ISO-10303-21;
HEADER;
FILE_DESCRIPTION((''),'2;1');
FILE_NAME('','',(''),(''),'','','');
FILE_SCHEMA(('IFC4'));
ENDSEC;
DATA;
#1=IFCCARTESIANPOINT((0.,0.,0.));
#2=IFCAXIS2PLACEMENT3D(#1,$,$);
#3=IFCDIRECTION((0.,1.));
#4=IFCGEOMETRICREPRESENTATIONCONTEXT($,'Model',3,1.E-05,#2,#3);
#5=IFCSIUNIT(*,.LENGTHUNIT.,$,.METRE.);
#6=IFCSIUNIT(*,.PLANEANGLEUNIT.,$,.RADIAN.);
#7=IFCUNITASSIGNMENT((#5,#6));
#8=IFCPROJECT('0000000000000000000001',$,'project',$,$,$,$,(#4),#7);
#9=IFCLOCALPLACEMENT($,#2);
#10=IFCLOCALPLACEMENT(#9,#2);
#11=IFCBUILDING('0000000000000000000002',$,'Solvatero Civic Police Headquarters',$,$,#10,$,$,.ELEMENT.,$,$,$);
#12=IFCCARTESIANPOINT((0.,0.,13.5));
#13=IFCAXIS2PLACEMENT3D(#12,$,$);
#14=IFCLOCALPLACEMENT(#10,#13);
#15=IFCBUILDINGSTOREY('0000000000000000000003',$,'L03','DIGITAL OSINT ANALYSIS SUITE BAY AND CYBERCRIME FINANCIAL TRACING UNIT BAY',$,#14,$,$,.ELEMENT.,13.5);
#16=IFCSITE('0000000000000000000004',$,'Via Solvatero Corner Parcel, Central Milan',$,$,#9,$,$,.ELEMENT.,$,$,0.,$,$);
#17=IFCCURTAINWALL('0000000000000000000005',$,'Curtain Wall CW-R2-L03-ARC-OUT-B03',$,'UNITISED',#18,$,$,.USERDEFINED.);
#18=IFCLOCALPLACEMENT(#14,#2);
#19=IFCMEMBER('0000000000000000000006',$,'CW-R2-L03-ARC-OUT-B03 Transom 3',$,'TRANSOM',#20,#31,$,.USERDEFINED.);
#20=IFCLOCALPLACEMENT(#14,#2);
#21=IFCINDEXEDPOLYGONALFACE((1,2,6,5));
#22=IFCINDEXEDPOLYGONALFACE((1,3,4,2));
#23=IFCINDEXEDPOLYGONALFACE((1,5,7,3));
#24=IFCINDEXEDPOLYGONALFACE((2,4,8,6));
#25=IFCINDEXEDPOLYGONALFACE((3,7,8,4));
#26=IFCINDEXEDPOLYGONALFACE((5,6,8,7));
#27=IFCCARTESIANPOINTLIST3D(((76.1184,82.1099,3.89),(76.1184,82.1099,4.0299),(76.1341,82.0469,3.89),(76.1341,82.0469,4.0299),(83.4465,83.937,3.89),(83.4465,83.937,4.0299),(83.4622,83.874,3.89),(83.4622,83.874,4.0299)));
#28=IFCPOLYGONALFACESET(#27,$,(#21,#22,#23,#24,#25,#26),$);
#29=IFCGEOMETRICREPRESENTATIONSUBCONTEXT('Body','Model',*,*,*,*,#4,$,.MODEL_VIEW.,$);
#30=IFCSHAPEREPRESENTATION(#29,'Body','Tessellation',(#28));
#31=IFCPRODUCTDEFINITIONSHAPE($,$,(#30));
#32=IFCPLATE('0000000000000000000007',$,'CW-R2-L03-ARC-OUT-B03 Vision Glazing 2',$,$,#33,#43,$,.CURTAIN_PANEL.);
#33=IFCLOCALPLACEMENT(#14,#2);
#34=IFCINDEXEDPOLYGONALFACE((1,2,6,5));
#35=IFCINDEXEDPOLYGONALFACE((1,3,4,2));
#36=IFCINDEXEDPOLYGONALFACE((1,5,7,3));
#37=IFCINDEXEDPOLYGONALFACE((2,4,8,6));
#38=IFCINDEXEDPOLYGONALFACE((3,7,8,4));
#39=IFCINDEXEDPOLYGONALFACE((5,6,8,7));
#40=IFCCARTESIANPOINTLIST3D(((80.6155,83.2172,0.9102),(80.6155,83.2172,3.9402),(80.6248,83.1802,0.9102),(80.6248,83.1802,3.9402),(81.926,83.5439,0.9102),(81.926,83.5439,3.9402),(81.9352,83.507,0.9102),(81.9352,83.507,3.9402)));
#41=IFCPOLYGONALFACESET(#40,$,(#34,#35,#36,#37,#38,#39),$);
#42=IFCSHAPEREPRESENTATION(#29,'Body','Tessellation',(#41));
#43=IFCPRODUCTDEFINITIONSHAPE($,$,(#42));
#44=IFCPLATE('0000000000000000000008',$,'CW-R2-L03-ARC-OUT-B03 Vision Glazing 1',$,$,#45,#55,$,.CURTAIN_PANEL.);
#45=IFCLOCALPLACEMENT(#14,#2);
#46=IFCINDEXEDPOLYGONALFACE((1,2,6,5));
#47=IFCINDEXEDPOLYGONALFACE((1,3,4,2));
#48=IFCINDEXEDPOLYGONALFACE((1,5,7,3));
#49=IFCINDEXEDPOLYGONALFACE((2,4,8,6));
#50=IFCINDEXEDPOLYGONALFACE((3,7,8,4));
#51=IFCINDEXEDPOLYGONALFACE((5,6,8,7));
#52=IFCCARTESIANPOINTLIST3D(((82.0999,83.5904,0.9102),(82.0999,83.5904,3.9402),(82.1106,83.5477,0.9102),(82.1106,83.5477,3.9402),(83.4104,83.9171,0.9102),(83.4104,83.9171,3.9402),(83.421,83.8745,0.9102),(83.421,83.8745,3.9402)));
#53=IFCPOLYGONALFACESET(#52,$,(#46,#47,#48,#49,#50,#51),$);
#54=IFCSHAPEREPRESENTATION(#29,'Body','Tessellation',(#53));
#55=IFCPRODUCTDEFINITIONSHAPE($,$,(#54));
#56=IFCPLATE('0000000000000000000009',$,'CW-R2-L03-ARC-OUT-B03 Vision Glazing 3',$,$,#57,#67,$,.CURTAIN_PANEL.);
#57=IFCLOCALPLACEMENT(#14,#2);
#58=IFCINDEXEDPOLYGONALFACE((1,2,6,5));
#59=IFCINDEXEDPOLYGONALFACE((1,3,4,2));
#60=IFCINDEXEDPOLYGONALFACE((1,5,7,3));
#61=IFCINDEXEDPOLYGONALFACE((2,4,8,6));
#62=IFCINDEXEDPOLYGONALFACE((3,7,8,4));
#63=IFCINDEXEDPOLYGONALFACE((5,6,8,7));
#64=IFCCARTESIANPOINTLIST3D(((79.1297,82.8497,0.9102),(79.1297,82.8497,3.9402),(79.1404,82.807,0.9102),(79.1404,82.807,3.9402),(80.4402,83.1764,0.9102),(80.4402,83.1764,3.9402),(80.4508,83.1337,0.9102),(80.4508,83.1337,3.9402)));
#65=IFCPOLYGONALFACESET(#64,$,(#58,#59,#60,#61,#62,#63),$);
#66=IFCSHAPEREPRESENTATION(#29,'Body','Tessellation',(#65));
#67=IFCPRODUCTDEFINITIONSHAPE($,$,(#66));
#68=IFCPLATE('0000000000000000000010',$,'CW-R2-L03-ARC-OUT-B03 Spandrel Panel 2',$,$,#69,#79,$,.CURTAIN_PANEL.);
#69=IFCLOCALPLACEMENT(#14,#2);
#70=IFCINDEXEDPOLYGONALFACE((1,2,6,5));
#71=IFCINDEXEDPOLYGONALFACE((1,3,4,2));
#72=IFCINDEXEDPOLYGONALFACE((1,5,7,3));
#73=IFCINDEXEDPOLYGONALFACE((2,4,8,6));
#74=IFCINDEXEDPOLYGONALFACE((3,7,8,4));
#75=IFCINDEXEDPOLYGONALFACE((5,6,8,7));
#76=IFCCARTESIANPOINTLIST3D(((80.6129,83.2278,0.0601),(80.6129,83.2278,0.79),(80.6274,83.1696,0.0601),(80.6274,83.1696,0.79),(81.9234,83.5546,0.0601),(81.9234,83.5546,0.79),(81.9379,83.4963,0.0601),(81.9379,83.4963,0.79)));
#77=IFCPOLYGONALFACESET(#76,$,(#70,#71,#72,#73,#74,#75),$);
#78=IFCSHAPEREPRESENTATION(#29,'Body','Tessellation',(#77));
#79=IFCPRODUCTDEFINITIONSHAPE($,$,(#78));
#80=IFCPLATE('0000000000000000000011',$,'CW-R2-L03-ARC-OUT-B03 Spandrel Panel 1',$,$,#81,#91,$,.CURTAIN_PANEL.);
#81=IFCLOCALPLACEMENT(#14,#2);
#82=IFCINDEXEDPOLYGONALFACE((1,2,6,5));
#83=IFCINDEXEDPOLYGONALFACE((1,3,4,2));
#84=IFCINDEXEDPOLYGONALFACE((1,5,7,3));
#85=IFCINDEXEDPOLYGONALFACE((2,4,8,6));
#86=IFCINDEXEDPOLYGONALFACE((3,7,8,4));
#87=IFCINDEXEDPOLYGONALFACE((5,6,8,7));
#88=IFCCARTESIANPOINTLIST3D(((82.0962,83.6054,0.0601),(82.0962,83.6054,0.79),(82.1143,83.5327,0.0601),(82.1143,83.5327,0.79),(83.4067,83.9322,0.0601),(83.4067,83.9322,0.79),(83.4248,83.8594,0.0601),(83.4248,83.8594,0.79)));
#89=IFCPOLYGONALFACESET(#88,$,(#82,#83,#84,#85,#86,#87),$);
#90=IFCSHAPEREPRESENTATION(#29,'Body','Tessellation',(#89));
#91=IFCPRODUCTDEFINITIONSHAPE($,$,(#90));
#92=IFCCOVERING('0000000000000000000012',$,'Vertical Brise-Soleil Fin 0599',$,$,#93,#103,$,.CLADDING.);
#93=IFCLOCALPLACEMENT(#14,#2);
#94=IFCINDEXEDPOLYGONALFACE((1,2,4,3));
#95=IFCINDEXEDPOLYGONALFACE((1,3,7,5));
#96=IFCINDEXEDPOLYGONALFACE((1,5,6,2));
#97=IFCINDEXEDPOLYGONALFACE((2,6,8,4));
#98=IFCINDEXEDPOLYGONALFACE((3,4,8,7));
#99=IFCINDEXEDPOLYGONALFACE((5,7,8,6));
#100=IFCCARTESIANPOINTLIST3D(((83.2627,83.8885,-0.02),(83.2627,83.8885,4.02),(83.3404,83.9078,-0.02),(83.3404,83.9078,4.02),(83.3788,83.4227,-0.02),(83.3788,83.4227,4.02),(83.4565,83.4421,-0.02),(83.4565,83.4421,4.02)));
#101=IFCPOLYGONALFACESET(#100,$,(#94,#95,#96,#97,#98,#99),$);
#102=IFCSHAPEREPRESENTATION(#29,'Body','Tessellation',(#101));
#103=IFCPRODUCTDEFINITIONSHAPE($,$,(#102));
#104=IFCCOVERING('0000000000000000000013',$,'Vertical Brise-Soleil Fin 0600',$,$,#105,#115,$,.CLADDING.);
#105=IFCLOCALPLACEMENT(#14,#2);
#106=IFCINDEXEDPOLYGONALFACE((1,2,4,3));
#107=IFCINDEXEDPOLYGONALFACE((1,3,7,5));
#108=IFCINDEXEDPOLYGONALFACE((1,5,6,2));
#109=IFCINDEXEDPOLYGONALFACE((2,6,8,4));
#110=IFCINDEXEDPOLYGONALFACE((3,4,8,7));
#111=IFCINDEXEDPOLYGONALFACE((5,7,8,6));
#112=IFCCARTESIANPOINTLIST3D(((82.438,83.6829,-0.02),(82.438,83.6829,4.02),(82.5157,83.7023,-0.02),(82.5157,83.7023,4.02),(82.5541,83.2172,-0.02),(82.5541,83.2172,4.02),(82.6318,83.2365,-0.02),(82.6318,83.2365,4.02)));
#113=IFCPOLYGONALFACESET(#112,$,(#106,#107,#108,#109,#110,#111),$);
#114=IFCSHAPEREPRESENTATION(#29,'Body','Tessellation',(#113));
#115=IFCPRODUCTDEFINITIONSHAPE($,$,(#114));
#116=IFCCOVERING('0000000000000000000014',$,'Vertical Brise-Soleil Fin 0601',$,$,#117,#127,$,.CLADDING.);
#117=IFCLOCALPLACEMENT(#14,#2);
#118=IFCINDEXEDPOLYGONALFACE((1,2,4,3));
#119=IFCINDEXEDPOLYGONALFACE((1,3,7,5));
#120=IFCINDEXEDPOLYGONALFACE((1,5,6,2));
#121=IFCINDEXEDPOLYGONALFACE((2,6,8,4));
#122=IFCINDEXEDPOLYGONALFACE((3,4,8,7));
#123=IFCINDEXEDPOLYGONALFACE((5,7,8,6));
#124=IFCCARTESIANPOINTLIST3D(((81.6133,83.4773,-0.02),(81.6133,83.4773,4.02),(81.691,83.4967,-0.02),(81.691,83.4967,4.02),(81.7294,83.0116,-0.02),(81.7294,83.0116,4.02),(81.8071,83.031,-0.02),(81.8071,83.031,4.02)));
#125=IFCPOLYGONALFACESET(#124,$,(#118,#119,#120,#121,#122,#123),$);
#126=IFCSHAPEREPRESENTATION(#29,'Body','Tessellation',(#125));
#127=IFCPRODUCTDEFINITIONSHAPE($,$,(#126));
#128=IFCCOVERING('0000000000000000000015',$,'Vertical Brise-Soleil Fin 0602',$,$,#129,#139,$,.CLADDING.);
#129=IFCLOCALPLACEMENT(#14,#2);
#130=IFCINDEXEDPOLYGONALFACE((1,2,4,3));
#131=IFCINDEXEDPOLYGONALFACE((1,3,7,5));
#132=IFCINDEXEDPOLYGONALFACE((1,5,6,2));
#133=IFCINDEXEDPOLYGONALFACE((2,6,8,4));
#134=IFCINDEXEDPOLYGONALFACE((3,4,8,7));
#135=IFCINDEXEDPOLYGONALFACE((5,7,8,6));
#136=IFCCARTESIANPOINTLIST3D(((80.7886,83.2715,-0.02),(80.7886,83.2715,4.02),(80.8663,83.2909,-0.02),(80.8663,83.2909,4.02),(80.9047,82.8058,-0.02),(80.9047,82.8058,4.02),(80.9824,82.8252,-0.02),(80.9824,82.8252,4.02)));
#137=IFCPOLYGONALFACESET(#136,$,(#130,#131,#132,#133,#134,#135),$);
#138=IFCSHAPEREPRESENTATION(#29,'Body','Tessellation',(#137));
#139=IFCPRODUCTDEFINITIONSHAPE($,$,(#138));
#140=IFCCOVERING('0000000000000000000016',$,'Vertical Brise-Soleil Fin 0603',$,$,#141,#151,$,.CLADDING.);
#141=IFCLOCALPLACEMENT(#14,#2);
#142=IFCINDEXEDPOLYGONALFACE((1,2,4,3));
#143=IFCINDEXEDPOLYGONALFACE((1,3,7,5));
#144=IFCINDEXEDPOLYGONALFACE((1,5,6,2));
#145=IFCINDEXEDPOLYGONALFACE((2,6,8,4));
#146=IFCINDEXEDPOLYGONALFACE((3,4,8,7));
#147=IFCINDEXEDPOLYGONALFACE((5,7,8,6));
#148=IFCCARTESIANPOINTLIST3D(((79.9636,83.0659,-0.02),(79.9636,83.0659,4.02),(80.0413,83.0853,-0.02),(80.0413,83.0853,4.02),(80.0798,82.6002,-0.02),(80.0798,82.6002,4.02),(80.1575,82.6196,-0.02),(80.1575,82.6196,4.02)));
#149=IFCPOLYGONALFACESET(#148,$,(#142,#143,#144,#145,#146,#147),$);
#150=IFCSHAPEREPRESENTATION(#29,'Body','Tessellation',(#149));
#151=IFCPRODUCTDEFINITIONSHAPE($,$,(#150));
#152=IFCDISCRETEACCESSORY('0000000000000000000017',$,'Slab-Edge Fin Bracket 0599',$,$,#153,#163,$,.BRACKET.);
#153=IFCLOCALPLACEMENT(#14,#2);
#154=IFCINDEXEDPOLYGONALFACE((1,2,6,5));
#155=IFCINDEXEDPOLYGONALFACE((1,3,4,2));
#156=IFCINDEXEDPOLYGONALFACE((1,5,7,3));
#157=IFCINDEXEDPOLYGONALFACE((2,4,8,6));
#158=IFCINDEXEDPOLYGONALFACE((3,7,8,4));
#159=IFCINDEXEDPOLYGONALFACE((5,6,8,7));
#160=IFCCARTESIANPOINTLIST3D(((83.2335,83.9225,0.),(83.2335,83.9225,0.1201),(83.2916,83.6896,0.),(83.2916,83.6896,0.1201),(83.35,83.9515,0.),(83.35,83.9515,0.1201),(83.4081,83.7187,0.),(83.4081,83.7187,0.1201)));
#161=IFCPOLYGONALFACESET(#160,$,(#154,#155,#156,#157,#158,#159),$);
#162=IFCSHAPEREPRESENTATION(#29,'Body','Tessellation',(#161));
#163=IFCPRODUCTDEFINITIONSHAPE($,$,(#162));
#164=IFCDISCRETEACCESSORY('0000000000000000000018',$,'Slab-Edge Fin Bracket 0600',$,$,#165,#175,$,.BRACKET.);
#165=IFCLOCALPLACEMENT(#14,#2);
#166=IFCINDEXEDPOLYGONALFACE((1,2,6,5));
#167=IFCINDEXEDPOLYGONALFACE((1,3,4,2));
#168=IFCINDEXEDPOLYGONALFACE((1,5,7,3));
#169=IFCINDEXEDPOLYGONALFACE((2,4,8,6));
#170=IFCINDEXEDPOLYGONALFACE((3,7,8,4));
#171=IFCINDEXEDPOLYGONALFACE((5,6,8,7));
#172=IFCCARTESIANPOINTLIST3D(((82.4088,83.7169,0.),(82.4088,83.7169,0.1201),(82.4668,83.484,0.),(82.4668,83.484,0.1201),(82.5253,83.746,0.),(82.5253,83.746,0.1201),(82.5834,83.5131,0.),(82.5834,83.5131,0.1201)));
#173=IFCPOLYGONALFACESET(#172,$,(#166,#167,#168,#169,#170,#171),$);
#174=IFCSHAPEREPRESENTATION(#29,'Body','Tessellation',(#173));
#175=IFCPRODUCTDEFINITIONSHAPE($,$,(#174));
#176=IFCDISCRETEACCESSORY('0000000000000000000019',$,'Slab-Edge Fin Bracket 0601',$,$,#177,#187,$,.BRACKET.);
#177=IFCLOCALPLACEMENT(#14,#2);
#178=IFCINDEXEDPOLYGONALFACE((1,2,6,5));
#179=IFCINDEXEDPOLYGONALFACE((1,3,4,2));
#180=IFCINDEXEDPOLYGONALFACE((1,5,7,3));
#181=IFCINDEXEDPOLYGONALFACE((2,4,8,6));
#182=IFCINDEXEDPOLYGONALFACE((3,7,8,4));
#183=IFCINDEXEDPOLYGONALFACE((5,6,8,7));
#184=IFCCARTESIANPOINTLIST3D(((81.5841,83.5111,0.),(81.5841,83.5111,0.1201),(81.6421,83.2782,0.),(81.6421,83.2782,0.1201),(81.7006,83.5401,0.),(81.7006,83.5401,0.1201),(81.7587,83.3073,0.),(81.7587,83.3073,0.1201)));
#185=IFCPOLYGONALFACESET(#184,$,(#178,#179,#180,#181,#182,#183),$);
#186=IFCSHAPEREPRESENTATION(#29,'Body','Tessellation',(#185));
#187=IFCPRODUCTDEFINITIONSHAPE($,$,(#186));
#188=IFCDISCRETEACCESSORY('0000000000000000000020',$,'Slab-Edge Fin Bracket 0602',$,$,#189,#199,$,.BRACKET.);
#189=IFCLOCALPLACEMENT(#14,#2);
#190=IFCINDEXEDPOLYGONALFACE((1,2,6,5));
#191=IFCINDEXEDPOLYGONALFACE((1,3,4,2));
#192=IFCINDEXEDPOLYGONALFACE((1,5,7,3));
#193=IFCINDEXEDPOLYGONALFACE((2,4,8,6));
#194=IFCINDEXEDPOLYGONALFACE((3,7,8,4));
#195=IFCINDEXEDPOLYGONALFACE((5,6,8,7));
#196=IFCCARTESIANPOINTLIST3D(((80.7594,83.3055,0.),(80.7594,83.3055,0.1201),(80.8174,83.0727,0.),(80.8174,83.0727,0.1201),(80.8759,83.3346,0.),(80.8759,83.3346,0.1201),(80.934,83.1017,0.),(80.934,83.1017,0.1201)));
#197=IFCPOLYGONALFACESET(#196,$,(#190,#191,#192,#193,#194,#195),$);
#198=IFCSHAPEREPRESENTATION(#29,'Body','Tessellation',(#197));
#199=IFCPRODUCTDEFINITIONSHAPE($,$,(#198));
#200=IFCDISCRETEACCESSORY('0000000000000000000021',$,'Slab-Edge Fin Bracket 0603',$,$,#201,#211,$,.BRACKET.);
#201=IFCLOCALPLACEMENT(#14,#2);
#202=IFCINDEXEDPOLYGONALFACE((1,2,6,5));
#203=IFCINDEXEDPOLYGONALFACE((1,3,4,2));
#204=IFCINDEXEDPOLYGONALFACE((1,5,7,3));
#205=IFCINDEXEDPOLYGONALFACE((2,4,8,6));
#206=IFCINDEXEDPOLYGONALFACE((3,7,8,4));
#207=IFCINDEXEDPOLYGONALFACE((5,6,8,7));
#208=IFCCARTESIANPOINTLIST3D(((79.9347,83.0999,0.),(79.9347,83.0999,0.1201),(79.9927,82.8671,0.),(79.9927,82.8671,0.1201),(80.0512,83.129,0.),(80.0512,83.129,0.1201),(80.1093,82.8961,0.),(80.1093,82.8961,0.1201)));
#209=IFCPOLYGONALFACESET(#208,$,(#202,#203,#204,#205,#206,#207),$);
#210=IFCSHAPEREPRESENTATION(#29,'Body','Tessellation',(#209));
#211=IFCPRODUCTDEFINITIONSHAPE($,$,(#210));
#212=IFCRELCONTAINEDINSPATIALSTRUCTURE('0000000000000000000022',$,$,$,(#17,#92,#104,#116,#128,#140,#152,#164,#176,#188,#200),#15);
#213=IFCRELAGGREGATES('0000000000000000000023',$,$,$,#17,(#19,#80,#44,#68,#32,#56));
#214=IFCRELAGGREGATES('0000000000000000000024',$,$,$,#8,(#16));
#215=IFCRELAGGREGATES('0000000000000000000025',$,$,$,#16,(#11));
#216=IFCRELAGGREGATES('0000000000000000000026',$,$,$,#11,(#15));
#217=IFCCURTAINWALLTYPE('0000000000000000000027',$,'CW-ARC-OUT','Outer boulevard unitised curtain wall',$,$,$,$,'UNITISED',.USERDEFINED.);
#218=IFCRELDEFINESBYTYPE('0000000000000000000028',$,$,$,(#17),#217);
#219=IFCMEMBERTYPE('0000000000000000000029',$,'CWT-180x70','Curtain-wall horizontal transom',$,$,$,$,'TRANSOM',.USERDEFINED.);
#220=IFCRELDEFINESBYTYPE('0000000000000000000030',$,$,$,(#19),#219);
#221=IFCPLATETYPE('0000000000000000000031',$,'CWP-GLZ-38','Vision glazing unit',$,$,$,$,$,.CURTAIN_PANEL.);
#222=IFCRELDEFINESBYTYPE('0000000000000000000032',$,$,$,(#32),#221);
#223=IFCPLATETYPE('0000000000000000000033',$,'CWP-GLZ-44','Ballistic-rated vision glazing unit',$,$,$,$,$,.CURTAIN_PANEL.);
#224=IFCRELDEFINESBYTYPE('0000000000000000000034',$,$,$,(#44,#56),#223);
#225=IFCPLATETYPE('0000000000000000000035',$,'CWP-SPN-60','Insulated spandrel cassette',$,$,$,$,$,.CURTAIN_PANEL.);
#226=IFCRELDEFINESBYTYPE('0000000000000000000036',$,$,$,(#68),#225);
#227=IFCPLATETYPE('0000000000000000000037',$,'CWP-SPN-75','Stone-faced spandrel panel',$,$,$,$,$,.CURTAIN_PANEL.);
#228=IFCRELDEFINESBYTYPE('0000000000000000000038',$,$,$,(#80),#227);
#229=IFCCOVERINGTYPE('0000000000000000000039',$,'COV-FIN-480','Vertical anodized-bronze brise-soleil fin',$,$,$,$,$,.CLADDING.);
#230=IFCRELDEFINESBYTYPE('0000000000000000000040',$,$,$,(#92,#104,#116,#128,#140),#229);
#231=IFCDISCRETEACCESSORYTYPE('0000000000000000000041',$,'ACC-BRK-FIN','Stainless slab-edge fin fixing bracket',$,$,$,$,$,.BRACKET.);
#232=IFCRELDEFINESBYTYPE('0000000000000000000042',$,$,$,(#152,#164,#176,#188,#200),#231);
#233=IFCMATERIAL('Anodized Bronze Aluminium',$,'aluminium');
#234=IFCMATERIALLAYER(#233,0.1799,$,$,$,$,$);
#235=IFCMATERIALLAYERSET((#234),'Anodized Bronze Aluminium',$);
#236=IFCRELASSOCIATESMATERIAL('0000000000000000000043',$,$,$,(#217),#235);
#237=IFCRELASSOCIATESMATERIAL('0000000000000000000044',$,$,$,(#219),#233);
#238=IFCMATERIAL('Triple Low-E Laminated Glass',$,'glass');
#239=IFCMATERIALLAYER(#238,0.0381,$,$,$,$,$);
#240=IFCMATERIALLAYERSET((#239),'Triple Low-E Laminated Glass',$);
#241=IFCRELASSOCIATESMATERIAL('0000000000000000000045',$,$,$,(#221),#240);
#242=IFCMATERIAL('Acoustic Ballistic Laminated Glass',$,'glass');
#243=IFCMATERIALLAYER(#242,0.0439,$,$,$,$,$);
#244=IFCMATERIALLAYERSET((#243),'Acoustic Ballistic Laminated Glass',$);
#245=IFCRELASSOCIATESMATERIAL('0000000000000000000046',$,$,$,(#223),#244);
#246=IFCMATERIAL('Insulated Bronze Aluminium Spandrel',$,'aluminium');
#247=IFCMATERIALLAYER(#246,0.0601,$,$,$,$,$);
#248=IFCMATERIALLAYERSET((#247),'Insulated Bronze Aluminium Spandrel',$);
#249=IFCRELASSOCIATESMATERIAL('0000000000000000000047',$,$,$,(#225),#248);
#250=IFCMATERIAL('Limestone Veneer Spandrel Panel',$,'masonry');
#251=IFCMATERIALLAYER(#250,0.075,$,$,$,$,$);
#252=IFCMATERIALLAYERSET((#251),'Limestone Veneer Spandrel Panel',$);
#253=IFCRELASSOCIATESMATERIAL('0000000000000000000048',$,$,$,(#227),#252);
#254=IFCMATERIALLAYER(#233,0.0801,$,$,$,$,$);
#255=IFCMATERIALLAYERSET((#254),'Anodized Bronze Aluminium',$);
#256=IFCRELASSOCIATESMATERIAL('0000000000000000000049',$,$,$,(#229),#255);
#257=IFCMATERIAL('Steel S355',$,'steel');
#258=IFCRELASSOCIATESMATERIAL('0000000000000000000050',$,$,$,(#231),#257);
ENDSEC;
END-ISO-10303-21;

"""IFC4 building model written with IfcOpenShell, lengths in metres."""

from ifc_helpers import new_model, si_unit, direction, frame, origin, origin_2d, place, context, subcontext, project, spatial, rectangle, extrude, material, layer, layer_set, material_profile, profile_set, type_object, element, aggregate, save


model = new_model("IFC4")

# Units and contexts
model_context = context("Model", 3, precision=1e-05, world=origin(), true_north=direction((0.0, 1.0)))
body_context = subcontext(model_context, "Body", "Model", "MODEL_VIEW")
ifc_project = project(units=[si_unit("LENGTHUNIT", "METRE"), si_unit("PLANEANGLEUNIT", "RADIAN")], contexts=[model_context])

# Site, building, storey
site_placement = place(None, origin())
site = spatial("IfcSite", under=ifc_project, at=site_placement, Name="Via Solvatero Corner Parcel, Central Milan", CompositionType="ELEMENT", RefElevation=0.0)
building_placement = place(site_placement, origin())
building = spatial("IfcBuilding", under=site, at=building_placement, Name="Solvatero Civic Police Headquarters", CompositionType="ELEMENT")
storey_placement = place(building_placement, frame((0.0, 0.0, 13.5)))
storey = spatial("IfcBuildingStorey", under=building, at=storey_placement, Name="L03", Description="DIGITAL OSINT ANALYSIS SUITE BAY AND CYBERCRIME FINANCIAL TRACING UNIT BAY", CompositionType="ELEMENT", Elevation=13.5)

# Shared definitions
ifc_material_1 = material(Name="Steel S355", Category="steel")

# Shared definitions
ifc_material_2 = material(Name="Anodized Bronze Aluminium", Category="aluminium")
ifc_layer_1 = layer(ifc_material_2, 0.1799)
ifc_layer_set_1 = layer_set([ifc_layer_1], Name="Anodized Bronze Aluminium")
curtain_wall_type = type_object("IfcCurtainWallType", Name="CW-ARC-OUT", Description="Outer boulevard unitised curtain wall", ElementType="UNITISED", PredefinedType="USERDEFINED", material=ifc_layer_set_1)

# Curtain wall, member, plates
curtain_wall_1_placement = place(storey_placement, origin())
curtain_wall_1 = element("IfcCurtainWall", 1, at=curtain_wall_1_placement, inside=storey, type_object=curtain_wall_type, Name="Curtain Wall CW-R2-L03-ARC-OUT-B03", ObjectType="UNITISED", PredefinedType="USERDEFINED")
ifc_material_profile_1 = material_profile(ifc_material_2, rectangle(XDim=0.0649, YDim=0.1399, at=origin_2d()), Name="ALU TRANSOM 65x140")
ifc_profile_set_1 = profile_set([ifc_material_profile_1], Name="Anodized Bronze Aluminium")
member_type_1 = type_object("IfcMemberType", Name="CWT-180x70", Description="Curtain-wall horizontal transom", ElementType="TRANSOM", PredefinedType="USERDEFINED", material=ifc_profile_set_1)
member_1_placement = place(storey_placement, frame((83.4543, 83.9055, 3.96), z_axis=(-0.970294, -0.241927, 0.0), x_axis=(0.241927, -0.970294, 0.0)))
member_1 = element("IfcMember", 2, at=member_1_placement, type_object=member_type_1, Name="CW-R2-L03-ARC-OUT-B03 Transom 3", ObjectType="TRANSOM", PredefinedType="USERDEFINED", context=body_context, shape_type="SweptSolid", body=[
    extrude(rectangle(XDim=0.0649, YDim=0.1399, at=origin_2d()), origin(), (0.0, 0.0, 1.0), 7.5525),
])
ifc_material_3 = material(Name="Triple Low-E Laminated Glass", Category="glass")
ifc_layer_2 = layer(ifc_material_3, 0.0381)
ifc_layer_set_2 = layer_set([ifc_layer_2], Name="Triple Low-E Laminated Glass")
plate_type_1 = type_object("IfcPlateType", Name="CWP-GLZ-38", Description="Vision glazing unit", PredefinedType="CURTAIN_PANEL", material=ifc_layer_set_2)
plate_1_placement = place(storey_placement, frame((81.2754, 83.3621, 0.9102), z_axis=(0.0, 0.0, 1.0), x_axis=(-0.970296, -0.241922, 0.0)))
plate_1 = element("IfcPlate", 3, at=plate_1_placement, type_object=plate_type_1, Name="CW-R2-L03-ARC-OUT-B03 Vision Glazing 2", PredefinedType="CURTAIN_PANEL", context=body_context, shape_type="SweptSolid", body=[
    extrude(rectangle(XDim=1.3506, YDim=0.0381, at=origin_2d()), origin(), (0.0, 0.0, 1.0), 3.03),
])
ifc_material_4 = material(Name="Acoustic Ballistic Laminated Glass", Category="glass")
ifc_layer_3 = layer(ifc_material_4, 0.0439)
ifc_layer_set_3 = layer_set([ifc_layer_3], Name="Acoustic Ballistic Laminated Glass")
plate_type_2 = type_object("IfcPlateType", Name="CWP-GLZ-44", Description="Ballistic-rated vision glazing unit", PredefinedType="CURTAIN_PANEL", material=ifc_layer_set_3)
plate_2_placement = place(storey_placement, frame((82.7605, 83.7324, 0.9102), z_axis=(0.0, 0.0, 1.0), x_axis=(-0.970296, -0.241922, 0.0)))
plate_2 = element("IfcPlate", 4, at=plate_2_placement, type_object=plate_type_2, Name="CW-R2-L03-ARC-OUT-B03 Vision Glazing 1", PredefinedType="CURTAIN_PANEL", context=body_context, shape_type="SweptSolid", body=[
    extrude(rectangle(XDim=1.3506, YDim=0.0439, at=origin_2d()), origin(), (0.0, 0.0, 1.0), 3.03),
])
plate_3_placement = place(storey_placement, frame((79.7903, 82.9917, 0.9102), z_axis=(0.0, 0.0, 1.0), x_axis=(-0.970296, -0.241922, 0.0)))
plate_3 = element("IfcPlate", 5, at=plate_3_placement, type_object=plate_type_2, Name="CW-R2-L03-ARC-OUT-B03 Vision Glazing 3", PredefinedType="CURTAIN_PANEL", context=body_context, shape_type="SweptSolid", body=[
    extrude(rectangle(XDim=1.3506, YDim=0.0439, at=origin_2d()), origin(), (0.0, 0.0, 1.0), 3.03),
])
ifc_material_5 = material(Name="Insulated Bronze Aluminium Spandrel", Category="aluminium")
ifc_layer_4 = layer(ifc_material_5, 0.0601)
ifc_layer_set_4 = layer_set([ifc_layer_4], Name="Insulated Bronze Aluminium Spandrel")
plate_type_3 = type_object("IfcPlateType", Name="CWP-SPN-60", Description="Insulated spandrel cassette", PredefinedType="CURTAIN_PANEL", material=ifc_layer_set_4)
plate_4_placement = place(storey_placement, frame((81.2754, 83.3621, 0.0601), z_axis=(0.0, 0.0, 1.0), x_axis=(-0.970296, -0.241922, 0.0)))
plate_4 = element("IfcPlate", 6, at=plate_4_placement, type_object=plate_type_3, Name="CW-R2-L03-ARC-OUT-B03 Spandrel Panel 2", PredefinedType="CURTAIN_PANEL", context=body_context, shape_type="SweptSolid", body=[
    extrude(rectangle(XDim=1.3506, YDim=0.0601, at=origin_2d()), origin(), (0.0, 0.0, 1.0), 0.73),
])
ifc_material_6 = material(Name="Limestone Veneer Spandrel Panel", Category="masonry")
ifc_layer_5 = layer(ifc_material_6, 0.075)
ifc_layer_set_5 = layer_set([ifc_layer_5], Name="Limestone Veneer Spandrel Panel")
plate_type_4 = type_object("IfcPlateType", Name="CWP-SPN-75", Description="Stone-faced spandrel panel", PredefinedType="CURTAIN_PANEL", material=ifc_layer_set_5)
plate_5_placement = place(storey_placement, frame((82.7605, 83.7324, 0.0601), z_axis=(0.0, 0.0, 1.0), x_axis=(-0.970296, -0.241922, 0.0)))
plate_5 = element("IfcPlate", 7, at=plate_5_placement, type_object=plate_type_4, Name="CW-R2-L03-ARC-OUT-B03 Spandrel Panel 1", PredefinedType="CURTAIN_PANEL", context=body_context, shape_type="SweptSolid", body=[
    extrude(rectangle(XDim=1.3506, YDim=0.075, at=origin_2d()), origin(), (0.0, 0.0, 1.0), 0.73),
])
aggregate(curtain_wall_1, [member_1, plate_5, plate_2, plate_4, plate_1, plate_3])

# Coverings
ifc_layer_6 = layer(ifc_material_2, 0.0801)
ifc_layer_set_6 = layer_set([ifc_layer_6], Name="Anodized Bronze Aluminium")
covering_type = type_object("IfcCoveringType", Name="COV-FIN-480", Description="Vertical anodized-bronze brise-soleil fin", PredefinedType="CLADDING", material=ifc_layer_set_6)
for number, where, z_axis, x_axis, name in (
    (8, (83.3596, 83.6653, -0.02), (0.0, 0.0, 1.0), (-0.970296, -0.241922, 0.0), "Vertical Brise-Soleil Fin 0599"),
    (9, (82.5349, 83.4597, -0.02), (0.0, 0.0, 1.0), (-0.970296, -0.241922, 0.0), "Vertical Brise-Soleil Fin 0600"),
    (10, (81.7102, 83.2542, -0.02), (0.0, 0.0, 1.0), (-0.970296, -0.241922, 0.0), "Vertical Brise-Soleil Fin 0601"),
    (11, (80.8855, 83.0483, -0.02), (0.0, 0.0, 1.0), (-0.970296, -0.241922, 0.0), "Vertical Brise-Soleil Fin 0602"),
    (12, (80.0605, 82.8428, -0.02), (0.0, 0.0, 1.0), (-0.970296, -0.241922, 0.0), "Vertical Brise-Soleil Fin 0603"),
):
    element("IfcCovering", number, at=place(storey_placement, frame(where, z_axis=z_axis, x_axis=x_axis)), inside=storey, type_object=covering_type, Name=name, PredefinedType="CLADDING", context=body_context, shape_type="SweptSolid", body=[
        extrude(rectangle(XDim=0.0801, YDim=0.48, at=origin_2d()), origin(), (0.0, 0.0, 1.0), 4.04),
    ])

# Discrete accessories
discrete_accessory_type = type_object("IfcDiscreteAccessoryType", Name="ACC-BRK-FIN", Description="Stainless slab-edge fin fixing bracket", PredefinedType="BRACKET", material=ifc_material_1)
for number, where, z_axis, x_axis, name in (
    (13, (83.3208, 83.8206, 0.0), (0.0, 0.0, 1.0), (-0.970296, -0.241922, 0.0), "Slab-Edge Fin Bracket 0599"),
    (14, (82.4961, 83.615, 0.0), (0.0, 0.0, 1.0), (-0.970296, -0.241922, 0.0), "Slab-Edge Fin Bracket 0600"),
    (15, (81.6714, 83.4092, 0.0), (0.0, 0.0, 1.0), (-0.970296, -0.241922, 0.0), "Slab-Edge Fin Bracket 0601"),
    (16, (80.8467, 83.2036, 0.0), (0.0, 0.0, 1.0), (-0.970296, -0.241922, 0.0), "Slab-Edge Fin Bracket 0602"),
    (17, (80.022, 82.998, 0.0), (0.0, 0.0, 1.0), (-0.970296, -0.241922, 0.0), "Slab-Edge Fin Bracket 0603"),
):
    element("IfcDiscreteAccessory", number, at=place(storey_placement, frame(where, z_axis=z_axis, x_axis=x_axis)), inside=storey, type_object=discrete_accessory_type, Name=name, PredefinedType="BRACKET", context=body_context, shape_type="SweptSolid", body=[
        extrude(rectangle(XDim=0.1201, YDim=0.24, at=origin_2d()), origin(), (0.0, 0.0, 1.0), 0.1201),
    ])

save(model, "model.ifc")
